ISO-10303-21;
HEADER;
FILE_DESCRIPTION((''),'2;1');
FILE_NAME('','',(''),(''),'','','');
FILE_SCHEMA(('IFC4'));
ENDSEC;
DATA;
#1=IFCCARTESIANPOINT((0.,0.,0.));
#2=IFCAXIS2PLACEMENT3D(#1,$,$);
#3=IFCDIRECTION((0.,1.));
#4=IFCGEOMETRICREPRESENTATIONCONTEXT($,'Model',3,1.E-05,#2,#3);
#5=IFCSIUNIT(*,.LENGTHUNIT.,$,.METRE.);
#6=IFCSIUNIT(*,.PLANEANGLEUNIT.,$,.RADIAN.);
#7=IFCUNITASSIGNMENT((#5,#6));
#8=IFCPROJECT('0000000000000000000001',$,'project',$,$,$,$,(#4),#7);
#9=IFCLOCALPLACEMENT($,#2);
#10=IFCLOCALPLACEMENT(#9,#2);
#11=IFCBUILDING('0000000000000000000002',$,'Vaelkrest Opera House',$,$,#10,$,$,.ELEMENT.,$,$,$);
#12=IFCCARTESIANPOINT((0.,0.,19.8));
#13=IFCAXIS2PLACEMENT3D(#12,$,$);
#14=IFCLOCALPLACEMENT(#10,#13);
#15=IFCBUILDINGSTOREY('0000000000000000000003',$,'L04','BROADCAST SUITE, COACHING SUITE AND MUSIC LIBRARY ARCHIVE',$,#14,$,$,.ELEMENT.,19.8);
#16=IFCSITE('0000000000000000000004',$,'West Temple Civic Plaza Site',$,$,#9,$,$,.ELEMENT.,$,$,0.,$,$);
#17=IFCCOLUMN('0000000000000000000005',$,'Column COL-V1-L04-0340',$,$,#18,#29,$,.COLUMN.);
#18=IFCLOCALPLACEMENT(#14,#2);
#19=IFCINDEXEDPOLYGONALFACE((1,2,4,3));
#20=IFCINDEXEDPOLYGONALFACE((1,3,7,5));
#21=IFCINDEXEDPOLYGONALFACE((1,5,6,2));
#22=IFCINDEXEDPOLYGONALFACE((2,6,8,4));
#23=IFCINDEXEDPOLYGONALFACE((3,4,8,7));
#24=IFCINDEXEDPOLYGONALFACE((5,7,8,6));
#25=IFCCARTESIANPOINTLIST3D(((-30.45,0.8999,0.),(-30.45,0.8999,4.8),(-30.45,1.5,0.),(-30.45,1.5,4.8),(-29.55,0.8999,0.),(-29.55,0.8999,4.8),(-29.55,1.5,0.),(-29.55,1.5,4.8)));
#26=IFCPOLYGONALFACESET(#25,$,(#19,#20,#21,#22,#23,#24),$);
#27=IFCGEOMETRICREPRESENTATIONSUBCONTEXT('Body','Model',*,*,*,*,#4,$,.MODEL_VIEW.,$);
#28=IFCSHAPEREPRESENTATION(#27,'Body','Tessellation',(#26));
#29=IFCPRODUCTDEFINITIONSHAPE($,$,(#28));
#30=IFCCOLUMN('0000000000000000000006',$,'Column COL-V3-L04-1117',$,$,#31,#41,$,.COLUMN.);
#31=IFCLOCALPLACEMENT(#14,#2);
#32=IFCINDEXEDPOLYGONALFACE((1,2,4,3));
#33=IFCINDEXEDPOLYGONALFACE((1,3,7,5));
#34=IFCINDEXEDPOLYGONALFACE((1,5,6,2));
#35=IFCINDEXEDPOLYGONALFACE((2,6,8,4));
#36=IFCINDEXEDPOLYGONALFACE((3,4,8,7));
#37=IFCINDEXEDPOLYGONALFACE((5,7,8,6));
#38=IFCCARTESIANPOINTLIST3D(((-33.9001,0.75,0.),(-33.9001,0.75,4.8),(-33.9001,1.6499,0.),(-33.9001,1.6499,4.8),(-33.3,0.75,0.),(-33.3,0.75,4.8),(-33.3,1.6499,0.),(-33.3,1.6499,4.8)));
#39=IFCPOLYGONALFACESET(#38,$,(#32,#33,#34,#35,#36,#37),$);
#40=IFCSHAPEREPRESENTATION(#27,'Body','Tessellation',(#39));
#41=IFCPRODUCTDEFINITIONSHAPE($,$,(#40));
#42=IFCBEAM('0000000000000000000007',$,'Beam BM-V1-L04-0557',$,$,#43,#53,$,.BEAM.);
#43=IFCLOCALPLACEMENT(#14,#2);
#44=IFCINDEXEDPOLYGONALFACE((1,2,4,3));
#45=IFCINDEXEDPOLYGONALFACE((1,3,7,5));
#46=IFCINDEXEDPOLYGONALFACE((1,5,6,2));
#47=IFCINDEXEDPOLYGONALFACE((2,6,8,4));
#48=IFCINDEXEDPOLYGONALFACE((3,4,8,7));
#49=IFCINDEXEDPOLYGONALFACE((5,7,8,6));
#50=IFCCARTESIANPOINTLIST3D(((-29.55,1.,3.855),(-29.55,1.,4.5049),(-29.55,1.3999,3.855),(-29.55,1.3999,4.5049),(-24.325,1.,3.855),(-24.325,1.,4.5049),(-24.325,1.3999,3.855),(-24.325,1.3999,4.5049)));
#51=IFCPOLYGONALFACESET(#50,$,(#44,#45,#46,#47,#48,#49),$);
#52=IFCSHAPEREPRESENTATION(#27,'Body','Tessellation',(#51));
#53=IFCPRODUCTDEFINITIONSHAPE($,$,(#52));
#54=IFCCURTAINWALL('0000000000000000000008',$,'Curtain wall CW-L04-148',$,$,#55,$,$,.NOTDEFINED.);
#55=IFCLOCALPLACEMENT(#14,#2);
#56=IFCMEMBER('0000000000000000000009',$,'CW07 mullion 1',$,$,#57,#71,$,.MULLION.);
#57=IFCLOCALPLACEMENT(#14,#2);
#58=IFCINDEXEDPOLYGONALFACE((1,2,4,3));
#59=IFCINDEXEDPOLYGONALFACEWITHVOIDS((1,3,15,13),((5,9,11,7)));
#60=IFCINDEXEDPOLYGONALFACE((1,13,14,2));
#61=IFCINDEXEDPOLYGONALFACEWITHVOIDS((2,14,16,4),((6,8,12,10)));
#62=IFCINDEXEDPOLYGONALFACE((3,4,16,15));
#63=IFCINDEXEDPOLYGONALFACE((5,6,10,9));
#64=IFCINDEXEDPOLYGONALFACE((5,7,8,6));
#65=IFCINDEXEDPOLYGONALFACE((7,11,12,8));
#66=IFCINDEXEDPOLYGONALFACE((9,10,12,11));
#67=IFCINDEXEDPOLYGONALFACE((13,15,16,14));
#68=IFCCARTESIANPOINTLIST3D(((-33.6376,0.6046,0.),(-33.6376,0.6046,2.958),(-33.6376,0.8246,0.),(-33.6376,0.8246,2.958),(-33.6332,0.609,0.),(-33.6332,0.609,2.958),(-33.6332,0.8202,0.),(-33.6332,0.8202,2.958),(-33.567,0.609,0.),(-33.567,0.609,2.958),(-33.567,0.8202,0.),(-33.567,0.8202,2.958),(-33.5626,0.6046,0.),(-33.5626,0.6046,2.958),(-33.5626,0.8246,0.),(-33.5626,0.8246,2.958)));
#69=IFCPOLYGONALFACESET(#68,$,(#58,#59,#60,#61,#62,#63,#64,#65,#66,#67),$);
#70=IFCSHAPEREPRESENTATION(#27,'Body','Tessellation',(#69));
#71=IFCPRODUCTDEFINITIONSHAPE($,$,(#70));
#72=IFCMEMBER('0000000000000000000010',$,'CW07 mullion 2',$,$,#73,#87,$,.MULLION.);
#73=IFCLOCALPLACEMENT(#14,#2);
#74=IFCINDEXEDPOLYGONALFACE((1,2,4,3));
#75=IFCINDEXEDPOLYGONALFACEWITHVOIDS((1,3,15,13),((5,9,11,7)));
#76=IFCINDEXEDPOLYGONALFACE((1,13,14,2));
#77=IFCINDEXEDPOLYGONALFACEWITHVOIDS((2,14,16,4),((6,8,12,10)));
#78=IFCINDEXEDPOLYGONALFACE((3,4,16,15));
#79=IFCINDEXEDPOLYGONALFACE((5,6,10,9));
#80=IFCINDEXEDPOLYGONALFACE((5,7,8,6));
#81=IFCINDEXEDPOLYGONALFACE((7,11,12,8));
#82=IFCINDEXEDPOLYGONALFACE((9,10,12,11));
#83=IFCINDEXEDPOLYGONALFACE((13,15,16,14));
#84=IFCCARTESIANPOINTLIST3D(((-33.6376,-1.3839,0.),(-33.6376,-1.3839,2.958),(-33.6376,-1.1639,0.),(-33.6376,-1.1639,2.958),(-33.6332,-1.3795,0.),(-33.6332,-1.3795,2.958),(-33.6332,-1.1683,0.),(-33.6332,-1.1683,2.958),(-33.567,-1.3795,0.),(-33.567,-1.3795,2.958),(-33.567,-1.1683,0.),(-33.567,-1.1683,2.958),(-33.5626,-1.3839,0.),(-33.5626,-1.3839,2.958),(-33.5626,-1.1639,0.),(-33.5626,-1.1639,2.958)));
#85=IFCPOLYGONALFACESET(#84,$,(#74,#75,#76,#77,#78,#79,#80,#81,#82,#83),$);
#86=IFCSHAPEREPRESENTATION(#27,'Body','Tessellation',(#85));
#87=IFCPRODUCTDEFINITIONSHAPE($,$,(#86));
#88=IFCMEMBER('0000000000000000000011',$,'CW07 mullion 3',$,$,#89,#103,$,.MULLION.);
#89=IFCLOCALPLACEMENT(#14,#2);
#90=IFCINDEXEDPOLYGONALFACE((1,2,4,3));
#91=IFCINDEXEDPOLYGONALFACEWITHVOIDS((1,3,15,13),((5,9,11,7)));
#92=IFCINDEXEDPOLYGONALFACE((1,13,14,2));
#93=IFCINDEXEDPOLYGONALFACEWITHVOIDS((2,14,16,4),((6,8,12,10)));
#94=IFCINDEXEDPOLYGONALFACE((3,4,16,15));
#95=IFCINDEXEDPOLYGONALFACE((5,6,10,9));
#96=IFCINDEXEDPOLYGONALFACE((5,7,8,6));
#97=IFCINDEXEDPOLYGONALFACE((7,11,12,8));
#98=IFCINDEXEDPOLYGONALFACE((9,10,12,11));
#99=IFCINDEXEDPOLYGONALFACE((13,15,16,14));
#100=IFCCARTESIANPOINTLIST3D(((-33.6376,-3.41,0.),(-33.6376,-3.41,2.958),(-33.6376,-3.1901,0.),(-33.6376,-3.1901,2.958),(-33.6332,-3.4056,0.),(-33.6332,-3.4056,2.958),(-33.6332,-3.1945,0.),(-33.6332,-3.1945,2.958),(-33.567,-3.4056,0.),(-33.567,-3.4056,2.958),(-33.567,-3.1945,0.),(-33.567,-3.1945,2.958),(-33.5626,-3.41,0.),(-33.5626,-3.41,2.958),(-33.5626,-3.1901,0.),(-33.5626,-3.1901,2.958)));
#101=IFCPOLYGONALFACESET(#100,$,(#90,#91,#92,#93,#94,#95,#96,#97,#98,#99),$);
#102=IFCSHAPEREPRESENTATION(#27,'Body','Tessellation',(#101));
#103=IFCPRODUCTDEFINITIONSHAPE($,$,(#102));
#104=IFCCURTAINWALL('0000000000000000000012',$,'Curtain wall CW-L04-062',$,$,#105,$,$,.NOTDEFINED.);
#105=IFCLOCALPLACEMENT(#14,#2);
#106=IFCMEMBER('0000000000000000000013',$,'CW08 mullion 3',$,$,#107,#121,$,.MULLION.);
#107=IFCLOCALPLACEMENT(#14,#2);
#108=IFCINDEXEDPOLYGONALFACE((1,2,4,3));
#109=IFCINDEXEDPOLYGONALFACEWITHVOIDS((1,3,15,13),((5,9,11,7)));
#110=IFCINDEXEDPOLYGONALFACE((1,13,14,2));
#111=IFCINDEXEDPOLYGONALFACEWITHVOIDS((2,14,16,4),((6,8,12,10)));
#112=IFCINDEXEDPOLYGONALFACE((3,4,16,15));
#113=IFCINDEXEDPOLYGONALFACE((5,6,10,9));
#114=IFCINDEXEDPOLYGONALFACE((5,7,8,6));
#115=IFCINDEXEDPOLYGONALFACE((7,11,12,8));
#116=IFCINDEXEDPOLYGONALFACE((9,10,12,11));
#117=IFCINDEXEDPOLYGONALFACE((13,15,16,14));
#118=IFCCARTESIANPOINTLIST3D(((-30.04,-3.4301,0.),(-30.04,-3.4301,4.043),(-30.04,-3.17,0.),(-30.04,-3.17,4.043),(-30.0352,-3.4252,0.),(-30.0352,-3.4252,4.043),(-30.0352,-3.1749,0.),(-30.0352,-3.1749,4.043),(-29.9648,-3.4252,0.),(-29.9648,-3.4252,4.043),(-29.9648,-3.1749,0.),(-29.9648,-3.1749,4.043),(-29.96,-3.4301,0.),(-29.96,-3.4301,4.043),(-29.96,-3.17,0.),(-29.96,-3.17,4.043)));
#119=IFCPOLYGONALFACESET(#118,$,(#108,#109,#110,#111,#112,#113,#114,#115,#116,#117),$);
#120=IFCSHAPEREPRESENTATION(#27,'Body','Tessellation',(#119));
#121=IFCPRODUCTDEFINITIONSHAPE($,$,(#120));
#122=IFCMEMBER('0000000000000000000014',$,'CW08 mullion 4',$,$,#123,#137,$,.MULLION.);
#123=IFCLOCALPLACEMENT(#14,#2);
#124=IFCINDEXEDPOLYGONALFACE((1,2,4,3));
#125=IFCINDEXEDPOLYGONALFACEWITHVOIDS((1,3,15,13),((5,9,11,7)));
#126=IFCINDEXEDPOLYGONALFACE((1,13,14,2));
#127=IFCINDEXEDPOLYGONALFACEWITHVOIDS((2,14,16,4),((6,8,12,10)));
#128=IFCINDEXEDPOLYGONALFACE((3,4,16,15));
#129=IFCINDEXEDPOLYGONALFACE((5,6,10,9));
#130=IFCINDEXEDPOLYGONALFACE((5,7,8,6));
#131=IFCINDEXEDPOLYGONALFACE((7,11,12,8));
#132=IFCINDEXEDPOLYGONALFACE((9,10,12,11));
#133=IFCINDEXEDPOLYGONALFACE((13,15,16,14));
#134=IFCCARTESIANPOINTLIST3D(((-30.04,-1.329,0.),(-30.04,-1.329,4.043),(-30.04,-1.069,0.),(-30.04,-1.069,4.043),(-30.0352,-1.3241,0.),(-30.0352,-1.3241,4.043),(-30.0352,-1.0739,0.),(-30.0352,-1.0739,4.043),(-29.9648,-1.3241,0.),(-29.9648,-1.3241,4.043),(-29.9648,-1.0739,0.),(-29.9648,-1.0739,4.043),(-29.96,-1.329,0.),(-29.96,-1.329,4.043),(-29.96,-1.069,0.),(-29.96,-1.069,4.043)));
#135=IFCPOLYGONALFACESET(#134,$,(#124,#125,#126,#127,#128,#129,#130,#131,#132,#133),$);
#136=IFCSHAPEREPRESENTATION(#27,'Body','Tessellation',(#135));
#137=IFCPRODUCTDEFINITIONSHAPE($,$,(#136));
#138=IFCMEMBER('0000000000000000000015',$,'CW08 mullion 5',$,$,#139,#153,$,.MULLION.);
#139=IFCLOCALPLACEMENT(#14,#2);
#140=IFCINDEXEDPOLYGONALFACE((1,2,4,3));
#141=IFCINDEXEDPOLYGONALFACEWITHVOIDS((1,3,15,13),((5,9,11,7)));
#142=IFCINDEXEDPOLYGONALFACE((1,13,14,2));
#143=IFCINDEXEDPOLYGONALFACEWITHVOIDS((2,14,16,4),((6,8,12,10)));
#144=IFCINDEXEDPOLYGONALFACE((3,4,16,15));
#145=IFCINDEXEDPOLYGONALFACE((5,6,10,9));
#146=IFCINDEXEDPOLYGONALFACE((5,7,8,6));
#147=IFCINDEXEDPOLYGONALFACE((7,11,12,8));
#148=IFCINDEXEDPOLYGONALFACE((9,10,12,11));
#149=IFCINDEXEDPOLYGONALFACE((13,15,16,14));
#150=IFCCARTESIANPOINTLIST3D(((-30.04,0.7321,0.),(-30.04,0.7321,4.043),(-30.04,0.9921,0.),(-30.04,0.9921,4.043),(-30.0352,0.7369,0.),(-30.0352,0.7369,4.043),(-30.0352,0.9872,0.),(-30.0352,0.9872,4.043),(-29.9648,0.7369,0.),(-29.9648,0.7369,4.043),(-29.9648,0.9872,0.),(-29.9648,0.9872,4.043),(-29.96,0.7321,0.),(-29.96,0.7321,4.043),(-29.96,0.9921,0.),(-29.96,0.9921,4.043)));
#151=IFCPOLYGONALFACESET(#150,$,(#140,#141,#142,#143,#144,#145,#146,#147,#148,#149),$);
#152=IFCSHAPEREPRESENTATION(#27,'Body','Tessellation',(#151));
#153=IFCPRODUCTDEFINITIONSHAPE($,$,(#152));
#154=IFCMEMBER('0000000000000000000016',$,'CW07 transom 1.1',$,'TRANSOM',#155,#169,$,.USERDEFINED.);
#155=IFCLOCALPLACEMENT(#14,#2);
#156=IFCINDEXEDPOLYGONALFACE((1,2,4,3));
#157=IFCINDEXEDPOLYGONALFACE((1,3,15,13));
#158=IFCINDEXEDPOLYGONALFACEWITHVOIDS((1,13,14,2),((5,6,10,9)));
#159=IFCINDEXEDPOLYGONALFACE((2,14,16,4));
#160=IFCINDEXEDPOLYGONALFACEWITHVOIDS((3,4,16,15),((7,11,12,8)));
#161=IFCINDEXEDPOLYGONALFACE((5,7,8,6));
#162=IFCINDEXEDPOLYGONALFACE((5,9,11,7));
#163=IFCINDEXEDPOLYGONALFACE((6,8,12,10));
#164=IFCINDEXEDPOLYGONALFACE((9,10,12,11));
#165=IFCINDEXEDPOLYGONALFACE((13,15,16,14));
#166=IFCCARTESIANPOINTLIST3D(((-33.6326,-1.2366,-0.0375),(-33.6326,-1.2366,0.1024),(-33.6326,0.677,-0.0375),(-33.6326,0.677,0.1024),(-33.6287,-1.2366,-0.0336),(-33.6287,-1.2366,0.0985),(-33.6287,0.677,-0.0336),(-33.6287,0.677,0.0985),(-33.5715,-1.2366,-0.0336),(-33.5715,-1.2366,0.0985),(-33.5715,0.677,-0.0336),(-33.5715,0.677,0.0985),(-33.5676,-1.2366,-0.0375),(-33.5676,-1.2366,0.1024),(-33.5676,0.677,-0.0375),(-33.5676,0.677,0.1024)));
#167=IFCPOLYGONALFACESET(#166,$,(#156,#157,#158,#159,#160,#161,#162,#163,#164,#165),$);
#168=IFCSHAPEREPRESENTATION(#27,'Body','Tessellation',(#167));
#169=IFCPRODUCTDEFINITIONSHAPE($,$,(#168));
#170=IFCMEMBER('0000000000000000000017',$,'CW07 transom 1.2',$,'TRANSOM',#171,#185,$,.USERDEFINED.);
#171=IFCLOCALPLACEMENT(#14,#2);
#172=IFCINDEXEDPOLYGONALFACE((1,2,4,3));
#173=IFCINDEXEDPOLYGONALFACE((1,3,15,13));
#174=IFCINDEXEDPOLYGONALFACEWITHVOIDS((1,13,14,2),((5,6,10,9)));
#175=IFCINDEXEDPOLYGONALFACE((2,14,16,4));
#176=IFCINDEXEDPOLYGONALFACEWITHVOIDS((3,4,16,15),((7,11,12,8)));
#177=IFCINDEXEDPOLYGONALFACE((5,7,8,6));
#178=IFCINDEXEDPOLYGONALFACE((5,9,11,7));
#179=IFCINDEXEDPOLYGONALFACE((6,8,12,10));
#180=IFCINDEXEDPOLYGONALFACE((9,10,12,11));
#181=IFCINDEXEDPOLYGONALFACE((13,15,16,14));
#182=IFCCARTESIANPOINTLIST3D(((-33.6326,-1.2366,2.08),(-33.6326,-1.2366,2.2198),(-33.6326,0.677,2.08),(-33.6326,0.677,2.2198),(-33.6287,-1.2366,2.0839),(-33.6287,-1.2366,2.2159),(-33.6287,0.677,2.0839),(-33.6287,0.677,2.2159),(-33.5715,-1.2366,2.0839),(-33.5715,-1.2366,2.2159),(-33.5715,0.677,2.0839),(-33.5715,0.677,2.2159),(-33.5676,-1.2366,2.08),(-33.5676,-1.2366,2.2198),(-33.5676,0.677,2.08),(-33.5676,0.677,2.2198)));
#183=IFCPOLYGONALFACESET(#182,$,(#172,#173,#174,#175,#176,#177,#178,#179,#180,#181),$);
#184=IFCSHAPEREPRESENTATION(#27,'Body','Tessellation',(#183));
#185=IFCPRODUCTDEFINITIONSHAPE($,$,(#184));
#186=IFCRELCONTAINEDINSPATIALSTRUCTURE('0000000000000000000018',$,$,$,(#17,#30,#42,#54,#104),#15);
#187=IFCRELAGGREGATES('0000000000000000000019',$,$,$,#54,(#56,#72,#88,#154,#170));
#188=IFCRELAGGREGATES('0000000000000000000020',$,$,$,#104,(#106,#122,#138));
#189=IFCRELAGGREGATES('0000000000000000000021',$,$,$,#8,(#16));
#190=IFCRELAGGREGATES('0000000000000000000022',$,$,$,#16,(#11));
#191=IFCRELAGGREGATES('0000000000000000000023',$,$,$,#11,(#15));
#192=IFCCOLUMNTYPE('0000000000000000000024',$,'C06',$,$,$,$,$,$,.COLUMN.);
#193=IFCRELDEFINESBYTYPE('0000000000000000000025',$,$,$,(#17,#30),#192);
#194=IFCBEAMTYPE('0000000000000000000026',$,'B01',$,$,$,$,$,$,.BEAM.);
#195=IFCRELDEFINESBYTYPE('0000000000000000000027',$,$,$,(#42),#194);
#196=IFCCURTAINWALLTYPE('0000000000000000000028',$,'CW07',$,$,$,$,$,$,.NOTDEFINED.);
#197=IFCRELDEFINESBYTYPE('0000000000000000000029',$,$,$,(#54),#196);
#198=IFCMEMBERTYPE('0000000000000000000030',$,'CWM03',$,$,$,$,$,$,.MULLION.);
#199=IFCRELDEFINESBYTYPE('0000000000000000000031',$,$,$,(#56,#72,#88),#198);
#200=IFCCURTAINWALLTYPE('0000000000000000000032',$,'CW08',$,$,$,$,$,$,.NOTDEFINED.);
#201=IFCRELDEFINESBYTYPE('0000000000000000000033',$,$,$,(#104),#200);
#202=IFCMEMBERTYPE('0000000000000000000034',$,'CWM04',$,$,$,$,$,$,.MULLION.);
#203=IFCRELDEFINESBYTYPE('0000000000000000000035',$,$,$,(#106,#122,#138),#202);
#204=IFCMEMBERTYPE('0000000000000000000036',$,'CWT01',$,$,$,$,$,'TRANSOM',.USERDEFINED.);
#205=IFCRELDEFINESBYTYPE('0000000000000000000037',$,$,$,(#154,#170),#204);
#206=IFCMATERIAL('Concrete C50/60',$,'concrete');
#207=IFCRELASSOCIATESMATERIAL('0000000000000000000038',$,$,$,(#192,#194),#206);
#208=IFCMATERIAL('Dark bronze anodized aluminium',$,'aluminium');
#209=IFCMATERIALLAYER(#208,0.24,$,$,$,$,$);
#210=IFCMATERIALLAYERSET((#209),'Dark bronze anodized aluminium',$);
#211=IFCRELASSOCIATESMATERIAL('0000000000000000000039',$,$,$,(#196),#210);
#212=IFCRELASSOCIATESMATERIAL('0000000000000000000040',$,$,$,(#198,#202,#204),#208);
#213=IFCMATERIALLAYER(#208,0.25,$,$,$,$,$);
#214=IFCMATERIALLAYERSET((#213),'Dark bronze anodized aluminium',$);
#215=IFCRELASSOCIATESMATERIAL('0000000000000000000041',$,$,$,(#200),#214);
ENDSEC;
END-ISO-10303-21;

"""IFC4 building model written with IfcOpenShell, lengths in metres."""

from ifc_helpers import new_model, si_unit, direction, frame, origin, origin_2d, place, context, subcontext, project, spatial, rectangle, hollow_rectangle, extrude, material, layer, layer_set, material_profile, profile_set, type_object, element, aggregate, save


model = new_model("IFC4")

# Units and contexts
model_context = context("Model", 3, precision=1e-05, world=origin(), true_north=direction((0.0, 1.0)))
body_context = subcontext(model_context, "Body", "Model", "MODEL_VIEW")
ifc_project = project(units=[si_unit("LENGTHUNIT", "METRE"), si_unit("PLANEANGLEUNIT", "RADIAN")], contexts=[model_context])

# Site, building, storey
site_placement = place(None, origin())
site = spatial("IfcSite", under=ifc_project, at=site_placement, Name="West Temple Civic Plaza Site", CompositionType="ELEMENT", RefElevation=0.0)
building_placement = place(site_placement, origin())
building = spatial("IfcBuilding", under=site, at=building_placement, Name="Vaelkrest Opera House", CompositionType="ELEMENT")
storey_placement = place(building_placement, frame((0.0, 0.0, 19.8)))
storey = spatial("IfcBuildingStorey", under=building, at=storey_placement, Name="L04", Description="BROADCAST SUITE, COACHING SUITE AND MUSIC LIBRARY ARCHIVE", CompositionType="ELEMENT", Elevation=19.8)

# Columns
ifc_material_1 = material(Name="Concrete C50/60", Category="concrete")
ifc_material_profile_1 = material_profile(ifc_material_1, rectangle(XDim=0.6001, YDim=0.8999, at=origin_2d()), Name="RC600X900")
ifc_profile_set_1 = profile_set([ifc_material_profile_1], Name="Concrete C50/60")
column_type = type_object("IfcColumnType", Name="C06", PredefinedType="COLUMN", material=ifc_profile_set_1)
for number, where, z_axis, x_axis, name in (
    (1, (-30.0, 1.2, 0.0), (0.0, 0.0, 1.0), (0.0, 1.0, 0.0), "Column COL-V1-L04-0340"),
    (2, (-33.6001, 1.2, 0.0), (0.0, 0.0, 1.0), (1.0, 0.0, 0.0), "Column COL-V3-L04-1117"),
):
    element("IfcColumn", number, at=place(storey_placement, frame(where, z_axis=z_axis, x_axis=x_axis)), inside=storey, type_object=column_type, Name=name, PredefinedType="COLUMN", context=body_context, shape_type="SweptSolid", body=[
        extrude(rectangle(XDim=0.6001, YDim=0.8999, at=origin_2d()), origin(), (0.0, 0.0, 1.0), 4.8),
    ])

# Beam
ifc_material_profile_2 = material_profile(ifc_material_1, rectangle(XDim=0.3999, YDim=0.6499, at=origin_2d()), Name="RCB400X650")
ifc_profile_set_2 = profile_set([ifc_material_profile_2], Name="Concrete C50/60")
beam_type = type_object("IfcBeamType", Name="B01", PredefinedType="BEAM", material=ifc_profile_set_2)
beam_placement = place(storey_placement, frame((-29.55, 1.2, 4.1799), z_axis=(1.0, 0.0, 0.0), x_axis=(0.0, 1.0, 0.0)))
element("IfcBeam", 3, at=beam_placement, inside=storey, type_object=beam_type, Name="Beam BM-V1-L04-0557", PredefinedType="BEAM", context=body_context, shape_type="SweptSolid", body=[
    extrude(rectangle(XDim=0.3999, YDim=0.6499, at=origin_2d()), origin(), (0.0, 0.0, 1.0), 5.2251),
])

# Curtain walls, members
ifc_material_2 = material(Name="Dark bronze anodized aluminium", Category="aluminium")
ifc_layer_1 = layer(ifc_material_2, 0.24)
ifc_layer_set_1 = layer_set([ifc_layer_1], Name="Dark bronze anodized aluminium")
curtain_wall_type_1 = type_object("IfcCurtainWallType", Name="CW07", PredefinedType="NOTDEFINED", material=ifc_layer_set_1)
curtain_wall_1_placement = place(storey_placement, origin())
curtain_wall_1 = element("IfcCurtainWall", 4, at=curtain_wall_1_placement, inside=storey, type_object=curtain_wall_type_1, Name="Curtain wall CW-L04-148", PredefinedType="NOTDEFINED")
ifc_material_profile_3 = material_profile(ifc_material_2, hollow_rectangle(XDim=0.075, YDim=0.22, WallThickness=0.0044, at=origin_2d()), Name="CWM75X220")
ifc_profile_set_3 = profile_set([ifc_material_profile_3], Name="Dark bronze anodized aluminium")
member_type_1 = type_object("IfcMemberType", Name="CWM03", PredefinedType="MULLION", material=ifc_profile_set_3)
member_1_placement = place(storey_placement, frame((-33.6001, 0.7146, 0.0), z_axis=(0.0, 0.0, 1.0), x_axis=(1.0, 0.0, 0.0)))
member_1 = element("IfcMember", 5, at=member_1_placement, type_object=member_type_1, Name="CW07 mullion 1", PredefinedType="MULLION", context=body_context, shape_type="SweptSolid", body=[
    extrude(hollow_rectangle(XDim=0.075, YDim=0.22, WallThickness=0.0044, at=origin_2d()), origin(), (0.0, 0.0, 1.0), 2.958),
])
member_2_placement = place(storey_placement, frame((-33.6001, -1.2739, 0.0), z_axis=(0.0, 0.0, 1.0), x_axis=(1.0, 0.0, 0.0)))
member_2 = element("IfcMember", 6, at=member_2_placement, type_object=member_type_1, Name="CW07 mullion 2", PredefinedType="MULLION", context=body_context, shape_type="SweptSolid", body=[
    extrude(hollow_rectangle(XDim=0.075, YDim=0.22, WallThickness=0.0044, at=origin_2d()), origin(), (0.0, 0.0, 1.0), 2.958),
])
member_3_placement = place(storey_placement, frame((-33.6001, -3.3, 0.0), z_axis=(0.0, 0.0, 1.0), x_axis=(1.0, 0.0, 0.0)))
member_3 = element("IfcMember", 7, at=member_3_placement, type_object=member_type_1, Name="CW07 mullion 3", PredefinedType="MULLION", context=body_context, shape_type="SweptSolid", body=[
    extrude(hollow_rectangle(XDim=0.075, YDim=0.22, WallThickness=0.0044, at=origin_2d()), origin(), (0.0, 0.0, 1.0), 2.958),
])
ifc_layer_2 = layer(ifc_material_2, 0.25)
ifc_layer_set_2 = layer_set([ifc_layer_2], Name="Dark bronze anodized aluminium")
curtain_wall_type_2 = type_object("IfcCurtainWallType", Name="CW08", PredefinedType="NOTDEFINED", material=ifc_layer_set_2)
curtain_wall_2_placement = place(storey_placement, origin())
curtain_wall_2 = element("IfcCurtainWall", 8, at=curtain_wall_2_placement, inside=storey, type_object=curtain_wall_type_2, Name="Curtain wall CW-L04-062", PredefinedType="NOTDEFINED")
ifc_material_profile_4 = material_profile(ifc_material_2, hollow_rectangle(XDim=0.0801, YDim=0.26, WallThickness=0.0049, at=origin_2d()), Name="CWM80X260")
ifc_profile_set_4 = profile_set([ifc_material_profile_4], Name="Dark bronze anodized aluminium")
member_type_2 = type_object("IfcMemberType", Name="CWM04", PredefinedType="MULLION", material=ifc_profile_set_4)
member_4_placement = place(storey_placement, frame((-30.0, -3.3, 0.0), z_axis=(0.0, 0.0, 1.0), x_axis=(-1.0, 0.0, 0.0)))
member_4 = element("IfcMember", 9, at=member_4_placement, type_object=member_type_2, Name="CW08 mullion 3", PredefinedType="MULLION", context=body_context, shape_type="SweptSolid", body=[
    extrude(hollow_rectangle(XDim=0.0801, YDim=0.26, WallThickness=0.0049, at=origin_2d()), origin(), (0.0, 0.0, 1.0), 4.043),
])
member_5_placement = place(storey_placement, frame((-30.0, -1.199, 0.0), z_axis=(0.0, 0.0, 1.0), x_axis=(-1.0, 0.0, 0.0)))
member_5 = element("IfcMember", 10, at=member_5_placement, type_object=member_type_2, Name="CW08 mullion 4", PredefinedType="MULLION", context=body_context, shape_type="SweptSolid", body=[
    extrude(hollow_rectangle(XDim=0.0801, YDim=0.26, WallThickness=0.0049, at=origin_2d()), origin(), (0.0, 0.0, 1.0), 4.043),
])
member_6_placement = place(storey_placement, frame((-30.0, 0.8621, 0.0), z_axis=(0.0, 0.0, 1.0), x_axis=(-1.0, 0.0, 0.0)))
member_6 = element("IfcMember", 11, at=member_6_placement, type_object=member_type_2, Name="CW08 mullion 5", PredefinedType="MULLION", context=body_context, shape_type="SweptSolid", body=[
    extrude(hollow_rectangle(XDim=0.0801, YDim=0.26, WallThickness=0.0049, at=origin_2d()), origin(), (0.0, 0.0, 1.0), 4.043),
])

# Members
ifc_material_profile_5 = material_profile(ifc_material_2, hollow_rectangle(XDim=0.0649, YDim=0.1399, WallThickness=0.0039, at=origin_2d()), Name="CWT65X140")
ifc_profile_set_5 = profile_set([ifc_material_profile_5], Name="Dark bronze anodized aluminium")
member_type_3 = type_object("IfcMemberType", Name="CWT01", ElementType="TRANSOM", PredefinedType="USERDEFINED", material=ifc_profile_set_5)
member_7_placement = place(storey_placement, frame((-33.6001, 0.677, 0.0325), z_axis=(0.0, -1.0, 0.0), x_axis=(1.0, 0.0, 0.0)))
member_7 = element("IfcMember", 12, at=member_7_placement, type_object=member_type_3, Name="CW07 transom 1.1", ObjectType="TRANSOM", PredefinedType="USERDEFINED", context=body_context, shape_type="SweptSolid", body=[
    extrude(hollow_rectangle(XDim=0.0649, YDim=0.1399, WallThickness=0.0039, at=origin_2d()), origin(), (0.0, 0.0, 1.0), 1.9136),
])
member_8_placement = place(storey_placement, frame((-33.6001, 0.677, 2.1499), z_axis=(0.0, -1.0, 0.0), x_axis=(1.0, 0.0, 0.0)))
member_8 = element("IfcMember", 13, at=member_8_placement, type_object=member_type_3, Name="CW07 transom 1.2", ObjectType="TRANSOM", PredefinedType="USERDEFINED", context=body_context, shape_type="SweptSolid", body=[
    extrude(hollow_rectangle(XDim=0.0649, YDim=0.1399, WallThickness=0.0039, at=origin_2d()), origin(), (0.0, 0.0, 1.0), 1.9136),
])

aggregate(curtain_wall_1, [member_1, member_2, member_3, member_7, member_8])
aggregate(curtain_wall_2, [member_4, member_5, member_6])

save(model, "model.ifc")
